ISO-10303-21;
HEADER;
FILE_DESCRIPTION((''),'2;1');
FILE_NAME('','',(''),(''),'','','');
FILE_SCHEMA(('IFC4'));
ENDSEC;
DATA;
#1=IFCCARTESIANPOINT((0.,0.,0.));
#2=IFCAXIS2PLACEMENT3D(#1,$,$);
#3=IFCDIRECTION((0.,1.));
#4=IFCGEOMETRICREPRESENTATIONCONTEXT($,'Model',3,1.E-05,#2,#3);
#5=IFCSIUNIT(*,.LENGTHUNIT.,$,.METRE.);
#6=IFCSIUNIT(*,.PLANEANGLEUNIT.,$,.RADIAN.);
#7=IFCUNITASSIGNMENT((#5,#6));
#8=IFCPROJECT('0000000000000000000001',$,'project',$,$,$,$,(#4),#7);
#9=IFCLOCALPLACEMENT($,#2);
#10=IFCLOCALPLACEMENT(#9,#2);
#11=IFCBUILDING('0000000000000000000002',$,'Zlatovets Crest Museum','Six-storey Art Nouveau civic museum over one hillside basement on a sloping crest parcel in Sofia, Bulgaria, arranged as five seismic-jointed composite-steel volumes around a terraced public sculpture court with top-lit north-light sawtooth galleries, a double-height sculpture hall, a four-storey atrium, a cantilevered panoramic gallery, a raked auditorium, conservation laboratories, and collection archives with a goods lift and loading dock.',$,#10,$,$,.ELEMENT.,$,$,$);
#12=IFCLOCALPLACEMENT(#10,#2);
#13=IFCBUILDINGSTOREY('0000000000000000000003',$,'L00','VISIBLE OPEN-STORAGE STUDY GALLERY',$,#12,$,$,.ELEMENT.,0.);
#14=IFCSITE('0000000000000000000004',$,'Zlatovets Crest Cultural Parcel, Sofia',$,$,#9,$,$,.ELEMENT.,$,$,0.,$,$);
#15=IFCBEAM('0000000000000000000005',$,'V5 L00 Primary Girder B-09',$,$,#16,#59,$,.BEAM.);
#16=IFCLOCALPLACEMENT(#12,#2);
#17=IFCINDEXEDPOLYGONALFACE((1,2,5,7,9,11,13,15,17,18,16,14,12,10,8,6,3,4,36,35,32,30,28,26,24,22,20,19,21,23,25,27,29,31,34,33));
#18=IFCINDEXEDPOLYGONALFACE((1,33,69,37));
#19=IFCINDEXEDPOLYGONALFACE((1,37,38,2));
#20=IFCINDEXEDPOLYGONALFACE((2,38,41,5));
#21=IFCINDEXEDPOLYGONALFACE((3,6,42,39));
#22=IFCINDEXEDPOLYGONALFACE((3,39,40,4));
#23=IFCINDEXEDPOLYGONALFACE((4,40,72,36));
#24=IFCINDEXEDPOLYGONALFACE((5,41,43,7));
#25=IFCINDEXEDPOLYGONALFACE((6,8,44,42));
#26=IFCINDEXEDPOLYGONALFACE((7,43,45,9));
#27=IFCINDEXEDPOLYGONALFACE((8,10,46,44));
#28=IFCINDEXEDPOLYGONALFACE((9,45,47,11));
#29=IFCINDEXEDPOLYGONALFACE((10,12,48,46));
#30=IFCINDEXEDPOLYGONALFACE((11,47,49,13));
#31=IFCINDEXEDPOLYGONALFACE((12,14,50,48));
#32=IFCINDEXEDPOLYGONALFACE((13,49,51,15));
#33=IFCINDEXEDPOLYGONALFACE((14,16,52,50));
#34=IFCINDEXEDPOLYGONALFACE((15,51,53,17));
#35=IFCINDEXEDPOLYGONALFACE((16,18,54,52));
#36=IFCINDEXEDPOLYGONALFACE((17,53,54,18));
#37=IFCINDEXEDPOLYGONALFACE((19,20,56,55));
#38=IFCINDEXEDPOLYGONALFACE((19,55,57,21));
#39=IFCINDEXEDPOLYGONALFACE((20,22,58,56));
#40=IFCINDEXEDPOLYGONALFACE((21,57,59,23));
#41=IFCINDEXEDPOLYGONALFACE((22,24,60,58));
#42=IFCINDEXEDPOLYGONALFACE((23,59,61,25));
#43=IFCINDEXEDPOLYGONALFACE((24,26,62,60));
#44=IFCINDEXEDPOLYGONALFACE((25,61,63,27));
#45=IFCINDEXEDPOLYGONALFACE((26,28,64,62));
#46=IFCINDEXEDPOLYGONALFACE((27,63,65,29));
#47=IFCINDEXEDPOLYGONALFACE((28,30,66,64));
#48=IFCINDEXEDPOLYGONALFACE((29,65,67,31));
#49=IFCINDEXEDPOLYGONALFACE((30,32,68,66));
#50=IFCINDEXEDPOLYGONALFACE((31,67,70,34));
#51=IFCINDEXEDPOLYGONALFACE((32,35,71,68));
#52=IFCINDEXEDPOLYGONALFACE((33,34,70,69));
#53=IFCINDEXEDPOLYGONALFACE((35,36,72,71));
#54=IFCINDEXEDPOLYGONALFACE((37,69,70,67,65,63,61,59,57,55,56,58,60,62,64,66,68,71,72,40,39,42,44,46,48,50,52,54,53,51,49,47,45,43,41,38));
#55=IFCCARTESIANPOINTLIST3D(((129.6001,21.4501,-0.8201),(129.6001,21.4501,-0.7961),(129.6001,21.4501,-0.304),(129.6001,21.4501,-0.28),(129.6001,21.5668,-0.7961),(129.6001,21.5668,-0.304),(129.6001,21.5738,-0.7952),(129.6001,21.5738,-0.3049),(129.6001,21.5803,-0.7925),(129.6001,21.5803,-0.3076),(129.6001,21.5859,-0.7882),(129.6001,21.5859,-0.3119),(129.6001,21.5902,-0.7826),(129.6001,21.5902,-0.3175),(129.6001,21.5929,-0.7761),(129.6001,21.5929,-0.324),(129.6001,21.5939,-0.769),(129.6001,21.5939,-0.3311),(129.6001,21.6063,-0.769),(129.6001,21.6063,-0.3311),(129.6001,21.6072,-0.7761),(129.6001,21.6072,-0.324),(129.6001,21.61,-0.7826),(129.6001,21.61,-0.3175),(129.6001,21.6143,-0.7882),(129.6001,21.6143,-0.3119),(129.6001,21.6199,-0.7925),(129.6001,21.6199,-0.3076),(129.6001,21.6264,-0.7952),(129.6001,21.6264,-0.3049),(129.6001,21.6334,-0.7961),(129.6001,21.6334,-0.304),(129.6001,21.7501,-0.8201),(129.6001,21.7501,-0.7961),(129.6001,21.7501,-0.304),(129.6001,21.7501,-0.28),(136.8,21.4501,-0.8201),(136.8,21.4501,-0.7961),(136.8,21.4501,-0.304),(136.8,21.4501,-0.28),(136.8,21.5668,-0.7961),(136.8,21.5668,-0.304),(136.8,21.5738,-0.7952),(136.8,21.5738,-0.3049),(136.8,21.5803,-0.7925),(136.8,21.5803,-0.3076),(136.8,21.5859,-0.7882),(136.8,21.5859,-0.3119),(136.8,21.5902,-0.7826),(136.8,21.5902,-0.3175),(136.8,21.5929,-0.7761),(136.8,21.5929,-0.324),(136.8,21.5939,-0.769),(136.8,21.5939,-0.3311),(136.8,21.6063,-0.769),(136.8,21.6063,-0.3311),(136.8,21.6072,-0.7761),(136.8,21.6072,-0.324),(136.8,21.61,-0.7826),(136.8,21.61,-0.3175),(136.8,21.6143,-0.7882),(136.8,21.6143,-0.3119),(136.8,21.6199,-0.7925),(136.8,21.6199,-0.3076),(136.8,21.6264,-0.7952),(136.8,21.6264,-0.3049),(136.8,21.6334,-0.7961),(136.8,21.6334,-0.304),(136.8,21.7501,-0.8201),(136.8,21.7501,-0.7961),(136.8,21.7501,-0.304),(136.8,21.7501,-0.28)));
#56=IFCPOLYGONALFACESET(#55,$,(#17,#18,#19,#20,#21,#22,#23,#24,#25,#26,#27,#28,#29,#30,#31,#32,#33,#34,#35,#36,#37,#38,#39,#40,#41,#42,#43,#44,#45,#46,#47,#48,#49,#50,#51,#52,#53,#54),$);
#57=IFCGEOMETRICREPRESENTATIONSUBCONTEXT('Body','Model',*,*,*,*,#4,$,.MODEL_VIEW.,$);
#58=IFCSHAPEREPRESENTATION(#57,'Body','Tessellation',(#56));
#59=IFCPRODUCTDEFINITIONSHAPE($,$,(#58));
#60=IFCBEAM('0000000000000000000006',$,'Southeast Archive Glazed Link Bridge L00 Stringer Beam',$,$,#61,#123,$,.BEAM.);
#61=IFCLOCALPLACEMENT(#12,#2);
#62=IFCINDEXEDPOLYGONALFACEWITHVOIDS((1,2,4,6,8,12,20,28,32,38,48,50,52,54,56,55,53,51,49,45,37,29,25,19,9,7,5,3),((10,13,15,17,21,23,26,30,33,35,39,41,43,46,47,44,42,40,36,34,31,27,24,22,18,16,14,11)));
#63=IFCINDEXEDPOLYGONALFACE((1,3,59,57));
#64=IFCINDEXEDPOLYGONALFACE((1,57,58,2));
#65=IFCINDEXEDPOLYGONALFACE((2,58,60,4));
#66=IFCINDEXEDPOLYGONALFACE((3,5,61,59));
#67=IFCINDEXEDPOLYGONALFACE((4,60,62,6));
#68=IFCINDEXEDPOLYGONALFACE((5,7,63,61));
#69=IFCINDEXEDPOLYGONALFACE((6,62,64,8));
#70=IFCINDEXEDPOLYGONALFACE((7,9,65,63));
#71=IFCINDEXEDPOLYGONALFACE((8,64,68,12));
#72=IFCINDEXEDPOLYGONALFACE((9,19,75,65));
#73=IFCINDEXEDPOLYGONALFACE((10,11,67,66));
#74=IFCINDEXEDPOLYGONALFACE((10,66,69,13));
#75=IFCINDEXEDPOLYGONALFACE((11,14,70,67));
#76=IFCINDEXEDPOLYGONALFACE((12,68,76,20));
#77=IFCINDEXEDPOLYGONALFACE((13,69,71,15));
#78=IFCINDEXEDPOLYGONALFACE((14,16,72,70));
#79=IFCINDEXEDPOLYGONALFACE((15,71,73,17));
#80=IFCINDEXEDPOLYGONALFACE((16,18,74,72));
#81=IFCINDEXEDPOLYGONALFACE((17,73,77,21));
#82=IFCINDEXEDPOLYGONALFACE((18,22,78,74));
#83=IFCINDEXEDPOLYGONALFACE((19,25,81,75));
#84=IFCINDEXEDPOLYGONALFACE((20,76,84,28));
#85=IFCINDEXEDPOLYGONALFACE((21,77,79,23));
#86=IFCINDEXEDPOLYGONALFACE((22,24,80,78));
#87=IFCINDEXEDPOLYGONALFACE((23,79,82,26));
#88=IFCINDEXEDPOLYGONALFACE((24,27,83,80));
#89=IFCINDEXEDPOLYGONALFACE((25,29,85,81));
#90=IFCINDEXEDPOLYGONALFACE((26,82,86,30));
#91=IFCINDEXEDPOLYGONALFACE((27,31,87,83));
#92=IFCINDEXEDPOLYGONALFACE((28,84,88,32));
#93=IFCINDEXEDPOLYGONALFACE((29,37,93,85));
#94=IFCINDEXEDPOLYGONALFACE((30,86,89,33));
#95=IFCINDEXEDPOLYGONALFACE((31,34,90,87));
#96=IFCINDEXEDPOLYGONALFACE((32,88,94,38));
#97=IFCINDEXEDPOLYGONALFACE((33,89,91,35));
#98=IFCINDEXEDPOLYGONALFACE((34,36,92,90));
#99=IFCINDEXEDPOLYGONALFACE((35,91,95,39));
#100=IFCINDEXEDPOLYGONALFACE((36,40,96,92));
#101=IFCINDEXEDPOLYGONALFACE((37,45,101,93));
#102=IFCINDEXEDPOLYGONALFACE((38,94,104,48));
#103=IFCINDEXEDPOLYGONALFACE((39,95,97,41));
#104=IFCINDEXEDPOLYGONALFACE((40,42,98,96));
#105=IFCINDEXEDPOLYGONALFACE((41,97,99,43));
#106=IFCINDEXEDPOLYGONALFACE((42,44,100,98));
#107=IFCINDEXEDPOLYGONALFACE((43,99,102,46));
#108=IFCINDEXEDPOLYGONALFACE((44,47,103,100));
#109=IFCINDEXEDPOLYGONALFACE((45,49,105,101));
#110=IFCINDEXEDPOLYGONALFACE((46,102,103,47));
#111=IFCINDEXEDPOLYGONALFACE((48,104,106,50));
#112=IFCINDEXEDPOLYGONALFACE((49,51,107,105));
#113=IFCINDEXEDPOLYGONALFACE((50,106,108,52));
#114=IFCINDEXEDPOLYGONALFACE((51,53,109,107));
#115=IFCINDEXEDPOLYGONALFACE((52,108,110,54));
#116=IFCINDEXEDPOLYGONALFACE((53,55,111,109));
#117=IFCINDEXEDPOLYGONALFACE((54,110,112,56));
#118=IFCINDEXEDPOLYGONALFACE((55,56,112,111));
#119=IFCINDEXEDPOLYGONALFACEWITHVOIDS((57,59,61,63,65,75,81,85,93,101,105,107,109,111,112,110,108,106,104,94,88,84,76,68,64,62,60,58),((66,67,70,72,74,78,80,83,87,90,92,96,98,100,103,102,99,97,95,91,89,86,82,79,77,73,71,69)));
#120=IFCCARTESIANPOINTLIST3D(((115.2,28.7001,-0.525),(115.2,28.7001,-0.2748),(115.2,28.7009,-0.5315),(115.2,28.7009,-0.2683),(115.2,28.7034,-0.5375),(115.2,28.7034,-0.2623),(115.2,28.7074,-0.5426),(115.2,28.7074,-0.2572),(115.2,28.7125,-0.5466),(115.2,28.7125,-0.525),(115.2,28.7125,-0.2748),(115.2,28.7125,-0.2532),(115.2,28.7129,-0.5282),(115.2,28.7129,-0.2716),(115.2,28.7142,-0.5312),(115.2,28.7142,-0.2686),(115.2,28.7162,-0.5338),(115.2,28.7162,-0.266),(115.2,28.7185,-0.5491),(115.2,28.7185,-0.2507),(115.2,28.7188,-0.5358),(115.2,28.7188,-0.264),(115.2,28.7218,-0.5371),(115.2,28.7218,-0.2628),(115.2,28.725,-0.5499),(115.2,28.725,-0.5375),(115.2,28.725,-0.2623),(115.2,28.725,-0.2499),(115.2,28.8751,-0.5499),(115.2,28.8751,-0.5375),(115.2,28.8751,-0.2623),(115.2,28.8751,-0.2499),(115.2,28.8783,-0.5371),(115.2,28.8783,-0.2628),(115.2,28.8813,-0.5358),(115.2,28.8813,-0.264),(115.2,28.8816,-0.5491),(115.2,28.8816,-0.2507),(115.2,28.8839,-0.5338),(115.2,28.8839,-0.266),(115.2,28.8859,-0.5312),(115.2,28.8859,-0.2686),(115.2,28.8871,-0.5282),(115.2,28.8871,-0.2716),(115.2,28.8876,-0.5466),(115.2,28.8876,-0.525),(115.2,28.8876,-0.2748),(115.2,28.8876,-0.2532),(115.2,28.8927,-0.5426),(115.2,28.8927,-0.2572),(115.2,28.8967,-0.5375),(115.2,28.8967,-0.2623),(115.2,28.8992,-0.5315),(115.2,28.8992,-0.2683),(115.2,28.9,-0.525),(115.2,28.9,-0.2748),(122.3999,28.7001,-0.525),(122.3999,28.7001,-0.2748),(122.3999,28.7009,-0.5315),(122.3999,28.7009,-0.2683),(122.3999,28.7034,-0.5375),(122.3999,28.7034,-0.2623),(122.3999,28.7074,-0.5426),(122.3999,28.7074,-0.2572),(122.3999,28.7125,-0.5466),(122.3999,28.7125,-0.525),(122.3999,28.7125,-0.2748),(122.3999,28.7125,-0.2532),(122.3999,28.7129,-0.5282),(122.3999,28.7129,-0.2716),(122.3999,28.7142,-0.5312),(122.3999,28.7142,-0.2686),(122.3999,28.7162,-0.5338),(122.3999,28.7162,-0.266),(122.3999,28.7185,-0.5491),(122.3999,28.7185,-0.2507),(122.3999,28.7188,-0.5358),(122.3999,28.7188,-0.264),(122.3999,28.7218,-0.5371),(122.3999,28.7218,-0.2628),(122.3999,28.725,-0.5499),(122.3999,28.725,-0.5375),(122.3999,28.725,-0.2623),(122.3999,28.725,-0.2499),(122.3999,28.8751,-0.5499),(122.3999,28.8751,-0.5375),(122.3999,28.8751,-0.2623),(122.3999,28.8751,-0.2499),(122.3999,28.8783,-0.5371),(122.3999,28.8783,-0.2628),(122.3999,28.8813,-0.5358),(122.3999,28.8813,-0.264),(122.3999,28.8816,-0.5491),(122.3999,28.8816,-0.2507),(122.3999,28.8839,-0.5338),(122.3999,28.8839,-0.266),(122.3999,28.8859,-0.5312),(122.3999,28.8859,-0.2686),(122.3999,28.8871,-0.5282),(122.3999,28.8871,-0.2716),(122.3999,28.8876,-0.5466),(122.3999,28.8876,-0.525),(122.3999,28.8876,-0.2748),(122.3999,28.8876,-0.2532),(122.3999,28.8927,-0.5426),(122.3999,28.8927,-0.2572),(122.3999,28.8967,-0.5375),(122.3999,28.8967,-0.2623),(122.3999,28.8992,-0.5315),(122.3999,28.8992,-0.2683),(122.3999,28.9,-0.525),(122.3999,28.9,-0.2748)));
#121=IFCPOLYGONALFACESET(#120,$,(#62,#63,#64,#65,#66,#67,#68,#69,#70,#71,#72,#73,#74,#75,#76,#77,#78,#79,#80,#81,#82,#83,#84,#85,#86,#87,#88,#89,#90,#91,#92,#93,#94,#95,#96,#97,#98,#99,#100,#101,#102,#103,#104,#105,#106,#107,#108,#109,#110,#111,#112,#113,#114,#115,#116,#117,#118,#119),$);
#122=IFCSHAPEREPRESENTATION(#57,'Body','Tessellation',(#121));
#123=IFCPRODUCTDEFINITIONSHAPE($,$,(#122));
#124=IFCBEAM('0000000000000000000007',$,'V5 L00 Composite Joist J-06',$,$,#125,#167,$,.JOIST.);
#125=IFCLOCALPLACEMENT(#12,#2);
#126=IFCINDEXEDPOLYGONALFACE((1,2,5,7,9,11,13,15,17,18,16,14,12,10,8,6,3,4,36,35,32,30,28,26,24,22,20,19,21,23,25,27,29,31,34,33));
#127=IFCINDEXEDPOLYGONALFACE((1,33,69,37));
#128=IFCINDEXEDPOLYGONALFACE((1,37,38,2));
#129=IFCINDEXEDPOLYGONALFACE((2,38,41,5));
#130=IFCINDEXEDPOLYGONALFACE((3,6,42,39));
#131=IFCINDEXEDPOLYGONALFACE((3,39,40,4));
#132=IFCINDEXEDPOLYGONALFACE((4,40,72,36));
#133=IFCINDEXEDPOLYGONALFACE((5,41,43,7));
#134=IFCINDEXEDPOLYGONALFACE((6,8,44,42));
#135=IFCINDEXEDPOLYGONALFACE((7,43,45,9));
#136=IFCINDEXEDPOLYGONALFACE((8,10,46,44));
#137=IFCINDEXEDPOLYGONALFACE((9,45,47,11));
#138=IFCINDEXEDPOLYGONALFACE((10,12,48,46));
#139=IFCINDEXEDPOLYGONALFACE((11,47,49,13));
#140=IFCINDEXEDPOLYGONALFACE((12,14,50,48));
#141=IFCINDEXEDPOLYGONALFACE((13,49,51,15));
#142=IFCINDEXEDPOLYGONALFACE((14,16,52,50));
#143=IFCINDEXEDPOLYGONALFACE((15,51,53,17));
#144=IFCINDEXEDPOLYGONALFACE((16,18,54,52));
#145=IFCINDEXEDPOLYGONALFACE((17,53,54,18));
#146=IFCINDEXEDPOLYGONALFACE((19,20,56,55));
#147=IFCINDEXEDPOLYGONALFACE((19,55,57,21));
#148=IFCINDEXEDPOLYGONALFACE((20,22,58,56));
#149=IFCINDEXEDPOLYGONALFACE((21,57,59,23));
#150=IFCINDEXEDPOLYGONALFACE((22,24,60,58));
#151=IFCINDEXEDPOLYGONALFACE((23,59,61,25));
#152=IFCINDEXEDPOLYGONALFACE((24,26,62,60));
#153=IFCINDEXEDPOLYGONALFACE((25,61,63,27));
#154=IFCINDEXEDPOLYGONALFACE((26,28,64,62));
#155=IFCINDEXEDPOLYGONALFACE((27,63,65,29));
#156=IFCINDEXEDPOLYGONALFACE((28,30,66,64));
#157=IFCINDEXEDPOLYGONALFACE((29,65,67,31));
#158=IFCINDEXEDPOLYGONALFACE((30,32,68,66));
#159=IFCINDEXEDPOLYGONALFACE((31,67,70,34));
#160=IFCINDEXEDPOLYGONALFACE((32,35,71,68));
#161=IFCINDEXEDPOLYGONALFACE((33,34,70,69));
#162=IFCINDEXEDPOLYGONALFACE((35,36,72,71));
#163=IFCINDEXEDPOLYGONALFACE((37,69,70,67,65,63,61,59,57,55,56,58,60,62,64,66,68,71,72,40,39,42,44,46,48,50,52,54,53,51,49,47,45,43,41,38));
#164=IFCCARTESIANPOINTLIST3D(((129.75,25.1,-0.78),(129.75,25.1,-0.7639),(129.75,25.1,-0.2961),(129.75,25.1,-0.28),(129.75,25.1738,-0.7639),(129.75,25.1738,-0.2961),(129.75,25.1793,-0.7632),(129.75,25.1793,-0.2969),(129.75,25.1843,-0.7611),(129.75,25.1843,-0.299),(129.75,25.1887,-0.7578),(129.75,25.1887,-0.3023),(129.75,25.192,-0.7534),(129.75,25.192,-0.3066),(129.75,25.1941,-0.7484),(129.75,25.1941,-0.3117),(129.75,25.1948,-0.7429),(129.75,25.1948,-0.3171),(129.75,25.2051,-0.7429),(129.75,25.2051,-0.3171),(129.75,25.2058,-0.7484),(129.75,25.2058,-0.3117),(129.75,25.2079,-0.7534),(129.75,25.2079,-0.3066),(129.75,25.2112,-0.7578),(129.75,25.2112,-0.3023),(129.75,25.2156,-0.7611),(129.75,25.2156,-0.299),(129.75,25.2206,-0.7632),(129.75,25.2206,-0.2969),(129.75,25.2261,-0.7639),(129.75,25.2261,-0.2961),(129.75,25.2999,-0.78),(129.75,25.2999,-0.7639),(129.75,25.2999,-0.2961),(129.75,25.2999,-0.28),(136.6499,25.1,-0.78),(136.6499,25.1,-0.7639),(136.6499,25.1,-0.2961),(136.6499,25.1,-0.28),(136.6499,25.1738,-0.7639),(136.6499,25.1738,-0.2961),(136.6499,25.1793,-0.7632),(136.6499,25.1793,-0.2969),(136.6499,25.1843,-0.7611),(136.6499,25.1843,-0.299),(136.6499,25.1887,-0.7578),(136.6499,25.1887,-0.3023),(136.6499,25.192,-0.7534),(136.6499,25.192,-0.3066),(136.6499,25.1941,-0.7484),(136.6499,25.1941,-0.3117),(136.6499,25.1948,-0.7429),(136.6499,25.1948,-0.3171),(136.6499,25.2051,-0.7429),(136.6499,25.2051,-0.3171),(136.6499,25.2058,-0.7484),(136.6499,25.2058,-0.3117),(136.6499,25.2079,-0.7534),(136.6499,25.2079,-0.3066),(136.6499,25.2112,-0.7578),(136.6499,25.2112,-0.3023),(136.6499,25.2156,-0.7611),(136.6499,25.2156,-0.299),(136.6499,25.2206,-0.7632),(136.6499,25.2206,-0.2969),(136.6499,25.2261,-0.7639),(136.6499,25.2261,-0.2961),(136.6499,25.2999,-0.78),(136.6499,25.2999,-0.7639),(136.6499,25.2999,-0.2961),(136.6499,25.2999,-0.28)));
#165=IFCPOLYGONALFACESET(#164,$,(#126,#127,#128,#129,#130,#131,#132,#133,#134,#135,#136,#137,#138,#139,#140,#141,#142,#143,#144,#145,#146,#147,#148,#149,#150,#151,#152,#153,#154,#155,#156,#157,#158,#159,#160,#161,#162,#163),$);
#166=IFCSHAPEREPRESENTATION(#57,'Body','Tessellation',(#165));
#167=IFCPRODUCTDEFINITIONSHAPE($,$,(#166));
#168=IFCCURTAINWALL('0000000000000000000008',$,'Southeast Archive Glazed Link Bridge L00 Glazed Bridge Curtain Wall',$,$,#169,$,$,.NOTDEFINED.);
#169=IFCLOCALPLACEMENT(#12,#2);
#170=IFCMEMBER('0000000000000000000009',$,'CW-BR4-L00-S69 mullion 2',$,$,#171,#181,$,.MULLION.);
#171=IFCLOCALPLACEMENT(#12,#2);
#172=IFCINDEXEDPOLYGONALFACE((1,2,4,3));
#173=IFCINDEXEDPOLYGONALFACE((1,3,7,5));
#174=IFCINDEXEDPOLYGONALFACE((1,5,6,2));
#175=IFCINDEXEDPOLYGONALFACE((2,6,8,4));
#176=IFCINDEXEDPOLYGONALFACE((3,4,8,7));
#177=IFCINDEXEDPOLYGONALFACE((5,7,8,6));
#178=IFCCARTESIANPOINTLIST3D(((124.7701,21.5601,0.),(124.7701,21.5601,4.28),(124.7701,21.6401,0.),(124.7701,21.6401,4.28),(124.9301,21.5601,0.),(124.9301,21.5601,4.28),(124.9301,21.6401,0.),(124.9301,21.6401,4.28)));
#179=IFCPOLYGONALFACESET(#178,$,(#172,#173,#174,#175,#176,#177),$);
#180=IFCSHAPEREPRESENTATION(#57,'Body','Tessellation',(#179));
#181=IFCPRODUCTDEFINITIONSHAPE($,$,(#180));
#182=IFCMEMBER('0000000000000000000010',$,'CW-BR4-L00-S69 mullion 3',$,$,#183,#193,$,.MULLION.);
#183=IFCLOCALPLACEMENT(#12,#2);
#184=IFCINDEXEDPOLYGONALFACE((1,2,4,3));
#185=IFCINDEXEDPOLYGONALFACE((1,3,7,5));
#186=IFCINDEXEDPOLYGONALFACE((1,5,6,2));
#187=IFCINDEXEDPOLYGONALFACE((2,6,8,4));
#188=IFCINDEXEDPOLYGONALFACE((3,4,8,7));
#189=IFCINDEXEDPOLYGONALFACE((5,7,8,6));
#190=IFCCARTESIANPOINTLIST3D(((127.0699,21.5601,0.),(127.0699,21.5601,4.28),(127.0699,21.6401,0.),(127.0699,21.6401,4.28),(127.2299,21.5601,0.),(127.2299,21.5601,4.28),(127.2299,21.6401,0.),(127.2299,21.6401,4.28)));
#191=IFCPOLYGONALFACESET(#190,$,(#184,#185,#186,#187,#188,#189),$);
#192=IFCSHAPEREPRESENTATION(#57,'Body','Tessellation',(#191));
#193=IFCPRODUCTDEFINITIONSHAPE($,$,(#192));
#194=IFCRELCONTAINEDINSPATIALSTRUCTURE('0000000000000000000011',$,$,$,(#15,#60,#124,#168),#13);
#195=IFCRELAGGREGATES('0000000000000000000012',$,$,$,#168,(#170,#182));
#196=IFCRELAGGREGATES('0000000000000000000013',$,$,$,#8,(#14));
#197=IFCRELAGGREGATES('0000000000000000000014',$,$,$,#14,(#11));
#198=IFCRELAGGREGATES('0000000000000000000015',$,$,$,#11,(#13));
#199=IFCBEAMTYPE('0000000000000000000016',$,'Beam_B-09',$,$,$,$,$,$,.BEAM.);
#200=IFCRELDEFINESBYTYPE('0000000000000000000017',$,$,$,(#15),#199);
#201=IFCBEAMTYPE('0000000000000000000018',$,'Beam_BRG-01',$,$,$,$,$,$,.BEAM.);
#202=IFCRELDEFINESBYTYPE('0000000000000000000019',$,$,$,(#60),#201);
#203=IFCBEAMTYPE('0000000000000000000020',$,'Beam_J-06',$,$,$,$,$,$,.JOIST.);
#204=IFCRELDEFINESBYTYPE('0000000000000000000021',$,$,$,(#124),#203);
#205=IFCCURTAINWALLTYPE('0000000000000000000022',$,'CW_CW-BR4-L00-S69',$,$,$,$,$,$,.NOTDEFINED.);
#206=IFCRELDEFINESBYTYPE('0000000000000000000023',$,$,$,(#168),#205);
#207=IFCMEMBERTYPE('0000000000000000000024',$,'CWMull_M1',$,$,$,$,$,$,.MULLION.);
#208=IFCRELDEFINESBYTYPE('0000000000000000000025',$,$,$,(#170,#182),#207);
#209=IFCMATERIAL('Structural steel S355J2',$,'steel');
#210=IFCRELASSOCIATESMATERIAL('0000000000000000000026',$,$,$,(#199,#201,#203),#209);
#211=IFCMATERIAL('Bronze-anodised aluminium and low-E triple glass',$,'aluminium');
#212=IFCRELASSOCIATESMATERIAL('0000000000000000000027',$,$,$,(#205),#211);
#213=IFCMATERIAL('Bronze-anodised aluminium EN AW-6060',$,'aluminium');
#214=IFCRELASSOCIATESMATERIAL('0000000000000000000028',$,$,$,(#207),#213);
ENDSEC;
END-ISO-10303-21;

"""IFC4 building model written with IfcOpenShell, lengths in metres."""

from ifc_helpers import new_model, si_unit, direction, frame, origin, origin_2d, place, context, subcontext, project, spatial, rectangle, hollow_rectangle, i_section, extrude, material, material_profile, profile_set, type_object, element, aggregate, save


model = new_model("IFC4")

# Units and contexts
model_context = context("Model", 3, precision=1e-05, world=origin(), true_north=direction((0.0, 1.0)))
body_context = subcontext(model_context, "Body", "Model", "MODEL_VIEW")
ifc_project = project(units=[si_unit("LENGTHUNIT", "METRE"), si_unit("PLANEANGLEUNIT", "RADIAN")], contexts=[model_context])

# Site, building, storey
site_placement = place(None, origin())
site = spatial("IfcSite", under=ifc_project, at=site_placement, Name="Zlatovets Crest Cultural Parcel, Sofia", CompositionType="ELEMENT", RefElevation=0.0)
building_placement = place(site_placement, origin())
building = spatial("IfcBuilding", under=site, at=building_placement, Name="Zlatovets Crest Museum", Description="Six-storey Art Nouveau civic museum over one hillside basement on a sloping crest parcel in Sofia, Bulgaria, arranged as five seismic-jointed composite-steel volumes around a terraced public sculpture court with top-lit north-light sawtooth galleries, a double-height sculpture hall, a four-storey atrium, a cantilevered panoramic gallery, a raked auditorium, conservation laboratories, and collection archives with a goods lift and loading dock.", CompositionType="ELEMENT")
storey_placement = place(building_placement, origin())
storey = spatial("IfcBuildingStorey", under=building, at=storey_placement, Name="L00", Description="VISIBLE OPEN-STORAGE STUDY GALLERY", CompositionType="ELEMENT", Elevation=0.0)

# Shared definitions
ifc_material_1 = material(Name="Structural steel S355J2", Category="steel")

# Beams
ifc_material_profile_1 = material_profile(ifc_material_1, i_section(OverallWidth=0.3, OverallDepth=0.54, WebThickness=0.0125, FlangeThickness=0.0239, FilletRadius=0.0271, at=origin_2d()), Name="HEA 550")
ifc_profile_set_1 = profile_set([ifc_material_profile_1], Name="Structural steel S355J2")
beam_type_1 = type_object("IfcBeamType", Name="Beam_B-09", PredefinedType="BEAM", material=ifc_profile_set_1)
beam_1_placement = place(storey_placement, frame((129.6001, 21.6001, -0.55), z_axis=(1.0, 0.0, 0.0), x_axis=(0.0, 1.0, 0.0)))
element("IfcBeam", 1, at=beam_1_placement, inside=storey, type_object=beam_type_1, Name="V5 L00 Primary Girder B-09", PredefinedType="BEAM", context=body_context, shape_type="SweptSolid", body=[
    extrude(i_section(OverallWidth=0.3, OverallDepth=0.54, WebThickness=0.0125, FlangeThickness=0.0239, FilletRadius=0.0271, at=origin_2d()), origin(), (0.0, 0.0, 1.0), 7.2),
])
ifc_material_profile_2 = material_profile(ifc_material_1, hollow_rectangle(XDim=0.2, YDim=0.3, WallThickness=0.0125, InnerFilletRadius=0.0125, OuterFilletRadius=0.0249, at=origin_2d()), Name="RHS 200x300x12.5")
ifc_profile_set_2 = profile_set([ifc_material_profile_2], Name="Structural steel S355J2")
beam_type_2 = type_object("IfcBeamType", Name="Beam_BRG-01", PredefinedType="BEAM", material=ifc_profile_set_2)
beam_2_placement = place(storey_placement, frame((115.2, 28.8, -0.3999), z_axis=(1.0, 0.0, 0.0), x_axis=(0.0, 1.0, 0.0)))
element("IfcBeam", 2, at=beam_2_placement, inside=storey, type_object=beam_type_2, Name="Southeast Archive Glazed Link Bridge L00 Stringer Beam", PredefinedType="BEAM", context=body_context, shape_type="SweptSolid", body=[
    extrude(hollow_rectangle(XDim=0.2, YDim=0.3, WallThickness=0.0125, InnerFilletRadius=0.0125, OuterFilletRadius=0.0249, at=origin_2d()), origin(), (0.0, 0.0, 1.0), 7.2),
])
ifc_material_profile_3 = material_profile(ifc_material_1, i_section(OverallWidth=0.2, OverallDepth=0.5, WebThickness=0.0103, FlangeThickness=0.0161, FilletRadius=0.021, at=origin_2d()), Name="IPE 500")
ifc_profile_set_3 = profile_set([ifc_material_profile_3], Name="Structural steel S355J2")
beam_type_3 = type_object("IfcBeamType", Name="Beam_J-06", PredefinedType="JOIST", material=ifc_profile_set_3)
beam_3_placement = place(storey_placement, frame((129.75, 25.2, -0.53), z_axis=(1.0, 0.0, 0.0), x_axis=(0.0, 1.0, 0.0)))
element("IfcBeam", 3, at=beam_3_placement, inside=storey, type_object=beam_type_3, Name="V5 L00 Composite Joist J-06", PredefinedType="JOIST", context=body_context, shape_type="SweptSolid", body=[
    extrude(i_section(OverallWidth=0.2, OverallDepth=0.5, WebThickness=0.0103, FlangeThickness=0.0161, FilletRadius=0.021, at=origin_2d()), origin(), (0.0, 0.0, 1.0), 6.8999),
])

# Curtain wall, members
ifc_material_2 = material(Name="Bronze-anodised aluminium and low-E triple glass", Category="aluminium")
curtain_wall_type = type_object("IfcCurtainWallType", Name="CW_CW-BR4-L00-S69", PredefinedType="NOTDEFINED", material=ifc_material_2)
curtain_wall_1_placement = place(storey_placement, origin())
curtain_wall_1 = element("IfcCurtainWall", 4, at=curtain_wall_1_placement, inside=storey, type_object=curtain_wall_type, Name="Southeast Archive Glazed Link Bridge L00 Glazed Bridge Curtain Wall", PredefinedType="NOTDEFINED")
ifc_material_3 = material(Name="Bronze-anodised aluminium EN AW-6060", Category="aluminium")
ifc_material_profile_4 = material_profile(ifc_material_3, rectangle(XDim=0.0801, YDim=0.1599, at=origin_2d()), Name="ALU 80x160")
ifc_profile_set_4 = profile_set([ifc_material_profile_4], Name="Bronze-anodised aluminium EN AW-6060")
member_type_1 = type_object("IfcMemberType", Name="CWMull_M1", PredefinedType="MULLION", material=ifc_profile_set_4)
member_1_placement = place(storey_placement, frame((124.8501, 21.6001, 0.0), z_axis=(0.0, 0.0, 1.0), x_axis=(0.0, 1.0, 0.0)))
member_1 = element("IfcMember", 5, at=member_1_placement, type_object=member_type_1, Name="CW-BR4-L00-S69 mullion 2", PredefinedType="MULLION", context=body_context, shape_type="SweptSolid", body=[
    extrude(rectangle(XDim=0.0801, YDim=0.1599, at=origin_2d()), origin(), (0.0, 0.0, 1.0), 4.28),
])
member_2_placement = place(storey_placement, frame((127.1499, 21.6001, 0.0), z_axis=(0.0, 0.0, 1.0), x_axis=(0.0, 1.0, 0.0)))
member_2 = element("IfcMember", 6, at=member_2_placement, type_object=member_type_1, Name="CW-BR4-L00-S69 mullion 3", PredefinedType="MULLION", context=body_context, shape_type="SweptSolid", body=[
    extrude(rectangle(XDim=0.0801, YDim=0.1599, at=origin_2d()), origin(), (0.0, 0.0, 1.0), 4.28),
])

aggregate(curtain_wall_1, [member_1, member_2])

save(model, "model.ifc")
